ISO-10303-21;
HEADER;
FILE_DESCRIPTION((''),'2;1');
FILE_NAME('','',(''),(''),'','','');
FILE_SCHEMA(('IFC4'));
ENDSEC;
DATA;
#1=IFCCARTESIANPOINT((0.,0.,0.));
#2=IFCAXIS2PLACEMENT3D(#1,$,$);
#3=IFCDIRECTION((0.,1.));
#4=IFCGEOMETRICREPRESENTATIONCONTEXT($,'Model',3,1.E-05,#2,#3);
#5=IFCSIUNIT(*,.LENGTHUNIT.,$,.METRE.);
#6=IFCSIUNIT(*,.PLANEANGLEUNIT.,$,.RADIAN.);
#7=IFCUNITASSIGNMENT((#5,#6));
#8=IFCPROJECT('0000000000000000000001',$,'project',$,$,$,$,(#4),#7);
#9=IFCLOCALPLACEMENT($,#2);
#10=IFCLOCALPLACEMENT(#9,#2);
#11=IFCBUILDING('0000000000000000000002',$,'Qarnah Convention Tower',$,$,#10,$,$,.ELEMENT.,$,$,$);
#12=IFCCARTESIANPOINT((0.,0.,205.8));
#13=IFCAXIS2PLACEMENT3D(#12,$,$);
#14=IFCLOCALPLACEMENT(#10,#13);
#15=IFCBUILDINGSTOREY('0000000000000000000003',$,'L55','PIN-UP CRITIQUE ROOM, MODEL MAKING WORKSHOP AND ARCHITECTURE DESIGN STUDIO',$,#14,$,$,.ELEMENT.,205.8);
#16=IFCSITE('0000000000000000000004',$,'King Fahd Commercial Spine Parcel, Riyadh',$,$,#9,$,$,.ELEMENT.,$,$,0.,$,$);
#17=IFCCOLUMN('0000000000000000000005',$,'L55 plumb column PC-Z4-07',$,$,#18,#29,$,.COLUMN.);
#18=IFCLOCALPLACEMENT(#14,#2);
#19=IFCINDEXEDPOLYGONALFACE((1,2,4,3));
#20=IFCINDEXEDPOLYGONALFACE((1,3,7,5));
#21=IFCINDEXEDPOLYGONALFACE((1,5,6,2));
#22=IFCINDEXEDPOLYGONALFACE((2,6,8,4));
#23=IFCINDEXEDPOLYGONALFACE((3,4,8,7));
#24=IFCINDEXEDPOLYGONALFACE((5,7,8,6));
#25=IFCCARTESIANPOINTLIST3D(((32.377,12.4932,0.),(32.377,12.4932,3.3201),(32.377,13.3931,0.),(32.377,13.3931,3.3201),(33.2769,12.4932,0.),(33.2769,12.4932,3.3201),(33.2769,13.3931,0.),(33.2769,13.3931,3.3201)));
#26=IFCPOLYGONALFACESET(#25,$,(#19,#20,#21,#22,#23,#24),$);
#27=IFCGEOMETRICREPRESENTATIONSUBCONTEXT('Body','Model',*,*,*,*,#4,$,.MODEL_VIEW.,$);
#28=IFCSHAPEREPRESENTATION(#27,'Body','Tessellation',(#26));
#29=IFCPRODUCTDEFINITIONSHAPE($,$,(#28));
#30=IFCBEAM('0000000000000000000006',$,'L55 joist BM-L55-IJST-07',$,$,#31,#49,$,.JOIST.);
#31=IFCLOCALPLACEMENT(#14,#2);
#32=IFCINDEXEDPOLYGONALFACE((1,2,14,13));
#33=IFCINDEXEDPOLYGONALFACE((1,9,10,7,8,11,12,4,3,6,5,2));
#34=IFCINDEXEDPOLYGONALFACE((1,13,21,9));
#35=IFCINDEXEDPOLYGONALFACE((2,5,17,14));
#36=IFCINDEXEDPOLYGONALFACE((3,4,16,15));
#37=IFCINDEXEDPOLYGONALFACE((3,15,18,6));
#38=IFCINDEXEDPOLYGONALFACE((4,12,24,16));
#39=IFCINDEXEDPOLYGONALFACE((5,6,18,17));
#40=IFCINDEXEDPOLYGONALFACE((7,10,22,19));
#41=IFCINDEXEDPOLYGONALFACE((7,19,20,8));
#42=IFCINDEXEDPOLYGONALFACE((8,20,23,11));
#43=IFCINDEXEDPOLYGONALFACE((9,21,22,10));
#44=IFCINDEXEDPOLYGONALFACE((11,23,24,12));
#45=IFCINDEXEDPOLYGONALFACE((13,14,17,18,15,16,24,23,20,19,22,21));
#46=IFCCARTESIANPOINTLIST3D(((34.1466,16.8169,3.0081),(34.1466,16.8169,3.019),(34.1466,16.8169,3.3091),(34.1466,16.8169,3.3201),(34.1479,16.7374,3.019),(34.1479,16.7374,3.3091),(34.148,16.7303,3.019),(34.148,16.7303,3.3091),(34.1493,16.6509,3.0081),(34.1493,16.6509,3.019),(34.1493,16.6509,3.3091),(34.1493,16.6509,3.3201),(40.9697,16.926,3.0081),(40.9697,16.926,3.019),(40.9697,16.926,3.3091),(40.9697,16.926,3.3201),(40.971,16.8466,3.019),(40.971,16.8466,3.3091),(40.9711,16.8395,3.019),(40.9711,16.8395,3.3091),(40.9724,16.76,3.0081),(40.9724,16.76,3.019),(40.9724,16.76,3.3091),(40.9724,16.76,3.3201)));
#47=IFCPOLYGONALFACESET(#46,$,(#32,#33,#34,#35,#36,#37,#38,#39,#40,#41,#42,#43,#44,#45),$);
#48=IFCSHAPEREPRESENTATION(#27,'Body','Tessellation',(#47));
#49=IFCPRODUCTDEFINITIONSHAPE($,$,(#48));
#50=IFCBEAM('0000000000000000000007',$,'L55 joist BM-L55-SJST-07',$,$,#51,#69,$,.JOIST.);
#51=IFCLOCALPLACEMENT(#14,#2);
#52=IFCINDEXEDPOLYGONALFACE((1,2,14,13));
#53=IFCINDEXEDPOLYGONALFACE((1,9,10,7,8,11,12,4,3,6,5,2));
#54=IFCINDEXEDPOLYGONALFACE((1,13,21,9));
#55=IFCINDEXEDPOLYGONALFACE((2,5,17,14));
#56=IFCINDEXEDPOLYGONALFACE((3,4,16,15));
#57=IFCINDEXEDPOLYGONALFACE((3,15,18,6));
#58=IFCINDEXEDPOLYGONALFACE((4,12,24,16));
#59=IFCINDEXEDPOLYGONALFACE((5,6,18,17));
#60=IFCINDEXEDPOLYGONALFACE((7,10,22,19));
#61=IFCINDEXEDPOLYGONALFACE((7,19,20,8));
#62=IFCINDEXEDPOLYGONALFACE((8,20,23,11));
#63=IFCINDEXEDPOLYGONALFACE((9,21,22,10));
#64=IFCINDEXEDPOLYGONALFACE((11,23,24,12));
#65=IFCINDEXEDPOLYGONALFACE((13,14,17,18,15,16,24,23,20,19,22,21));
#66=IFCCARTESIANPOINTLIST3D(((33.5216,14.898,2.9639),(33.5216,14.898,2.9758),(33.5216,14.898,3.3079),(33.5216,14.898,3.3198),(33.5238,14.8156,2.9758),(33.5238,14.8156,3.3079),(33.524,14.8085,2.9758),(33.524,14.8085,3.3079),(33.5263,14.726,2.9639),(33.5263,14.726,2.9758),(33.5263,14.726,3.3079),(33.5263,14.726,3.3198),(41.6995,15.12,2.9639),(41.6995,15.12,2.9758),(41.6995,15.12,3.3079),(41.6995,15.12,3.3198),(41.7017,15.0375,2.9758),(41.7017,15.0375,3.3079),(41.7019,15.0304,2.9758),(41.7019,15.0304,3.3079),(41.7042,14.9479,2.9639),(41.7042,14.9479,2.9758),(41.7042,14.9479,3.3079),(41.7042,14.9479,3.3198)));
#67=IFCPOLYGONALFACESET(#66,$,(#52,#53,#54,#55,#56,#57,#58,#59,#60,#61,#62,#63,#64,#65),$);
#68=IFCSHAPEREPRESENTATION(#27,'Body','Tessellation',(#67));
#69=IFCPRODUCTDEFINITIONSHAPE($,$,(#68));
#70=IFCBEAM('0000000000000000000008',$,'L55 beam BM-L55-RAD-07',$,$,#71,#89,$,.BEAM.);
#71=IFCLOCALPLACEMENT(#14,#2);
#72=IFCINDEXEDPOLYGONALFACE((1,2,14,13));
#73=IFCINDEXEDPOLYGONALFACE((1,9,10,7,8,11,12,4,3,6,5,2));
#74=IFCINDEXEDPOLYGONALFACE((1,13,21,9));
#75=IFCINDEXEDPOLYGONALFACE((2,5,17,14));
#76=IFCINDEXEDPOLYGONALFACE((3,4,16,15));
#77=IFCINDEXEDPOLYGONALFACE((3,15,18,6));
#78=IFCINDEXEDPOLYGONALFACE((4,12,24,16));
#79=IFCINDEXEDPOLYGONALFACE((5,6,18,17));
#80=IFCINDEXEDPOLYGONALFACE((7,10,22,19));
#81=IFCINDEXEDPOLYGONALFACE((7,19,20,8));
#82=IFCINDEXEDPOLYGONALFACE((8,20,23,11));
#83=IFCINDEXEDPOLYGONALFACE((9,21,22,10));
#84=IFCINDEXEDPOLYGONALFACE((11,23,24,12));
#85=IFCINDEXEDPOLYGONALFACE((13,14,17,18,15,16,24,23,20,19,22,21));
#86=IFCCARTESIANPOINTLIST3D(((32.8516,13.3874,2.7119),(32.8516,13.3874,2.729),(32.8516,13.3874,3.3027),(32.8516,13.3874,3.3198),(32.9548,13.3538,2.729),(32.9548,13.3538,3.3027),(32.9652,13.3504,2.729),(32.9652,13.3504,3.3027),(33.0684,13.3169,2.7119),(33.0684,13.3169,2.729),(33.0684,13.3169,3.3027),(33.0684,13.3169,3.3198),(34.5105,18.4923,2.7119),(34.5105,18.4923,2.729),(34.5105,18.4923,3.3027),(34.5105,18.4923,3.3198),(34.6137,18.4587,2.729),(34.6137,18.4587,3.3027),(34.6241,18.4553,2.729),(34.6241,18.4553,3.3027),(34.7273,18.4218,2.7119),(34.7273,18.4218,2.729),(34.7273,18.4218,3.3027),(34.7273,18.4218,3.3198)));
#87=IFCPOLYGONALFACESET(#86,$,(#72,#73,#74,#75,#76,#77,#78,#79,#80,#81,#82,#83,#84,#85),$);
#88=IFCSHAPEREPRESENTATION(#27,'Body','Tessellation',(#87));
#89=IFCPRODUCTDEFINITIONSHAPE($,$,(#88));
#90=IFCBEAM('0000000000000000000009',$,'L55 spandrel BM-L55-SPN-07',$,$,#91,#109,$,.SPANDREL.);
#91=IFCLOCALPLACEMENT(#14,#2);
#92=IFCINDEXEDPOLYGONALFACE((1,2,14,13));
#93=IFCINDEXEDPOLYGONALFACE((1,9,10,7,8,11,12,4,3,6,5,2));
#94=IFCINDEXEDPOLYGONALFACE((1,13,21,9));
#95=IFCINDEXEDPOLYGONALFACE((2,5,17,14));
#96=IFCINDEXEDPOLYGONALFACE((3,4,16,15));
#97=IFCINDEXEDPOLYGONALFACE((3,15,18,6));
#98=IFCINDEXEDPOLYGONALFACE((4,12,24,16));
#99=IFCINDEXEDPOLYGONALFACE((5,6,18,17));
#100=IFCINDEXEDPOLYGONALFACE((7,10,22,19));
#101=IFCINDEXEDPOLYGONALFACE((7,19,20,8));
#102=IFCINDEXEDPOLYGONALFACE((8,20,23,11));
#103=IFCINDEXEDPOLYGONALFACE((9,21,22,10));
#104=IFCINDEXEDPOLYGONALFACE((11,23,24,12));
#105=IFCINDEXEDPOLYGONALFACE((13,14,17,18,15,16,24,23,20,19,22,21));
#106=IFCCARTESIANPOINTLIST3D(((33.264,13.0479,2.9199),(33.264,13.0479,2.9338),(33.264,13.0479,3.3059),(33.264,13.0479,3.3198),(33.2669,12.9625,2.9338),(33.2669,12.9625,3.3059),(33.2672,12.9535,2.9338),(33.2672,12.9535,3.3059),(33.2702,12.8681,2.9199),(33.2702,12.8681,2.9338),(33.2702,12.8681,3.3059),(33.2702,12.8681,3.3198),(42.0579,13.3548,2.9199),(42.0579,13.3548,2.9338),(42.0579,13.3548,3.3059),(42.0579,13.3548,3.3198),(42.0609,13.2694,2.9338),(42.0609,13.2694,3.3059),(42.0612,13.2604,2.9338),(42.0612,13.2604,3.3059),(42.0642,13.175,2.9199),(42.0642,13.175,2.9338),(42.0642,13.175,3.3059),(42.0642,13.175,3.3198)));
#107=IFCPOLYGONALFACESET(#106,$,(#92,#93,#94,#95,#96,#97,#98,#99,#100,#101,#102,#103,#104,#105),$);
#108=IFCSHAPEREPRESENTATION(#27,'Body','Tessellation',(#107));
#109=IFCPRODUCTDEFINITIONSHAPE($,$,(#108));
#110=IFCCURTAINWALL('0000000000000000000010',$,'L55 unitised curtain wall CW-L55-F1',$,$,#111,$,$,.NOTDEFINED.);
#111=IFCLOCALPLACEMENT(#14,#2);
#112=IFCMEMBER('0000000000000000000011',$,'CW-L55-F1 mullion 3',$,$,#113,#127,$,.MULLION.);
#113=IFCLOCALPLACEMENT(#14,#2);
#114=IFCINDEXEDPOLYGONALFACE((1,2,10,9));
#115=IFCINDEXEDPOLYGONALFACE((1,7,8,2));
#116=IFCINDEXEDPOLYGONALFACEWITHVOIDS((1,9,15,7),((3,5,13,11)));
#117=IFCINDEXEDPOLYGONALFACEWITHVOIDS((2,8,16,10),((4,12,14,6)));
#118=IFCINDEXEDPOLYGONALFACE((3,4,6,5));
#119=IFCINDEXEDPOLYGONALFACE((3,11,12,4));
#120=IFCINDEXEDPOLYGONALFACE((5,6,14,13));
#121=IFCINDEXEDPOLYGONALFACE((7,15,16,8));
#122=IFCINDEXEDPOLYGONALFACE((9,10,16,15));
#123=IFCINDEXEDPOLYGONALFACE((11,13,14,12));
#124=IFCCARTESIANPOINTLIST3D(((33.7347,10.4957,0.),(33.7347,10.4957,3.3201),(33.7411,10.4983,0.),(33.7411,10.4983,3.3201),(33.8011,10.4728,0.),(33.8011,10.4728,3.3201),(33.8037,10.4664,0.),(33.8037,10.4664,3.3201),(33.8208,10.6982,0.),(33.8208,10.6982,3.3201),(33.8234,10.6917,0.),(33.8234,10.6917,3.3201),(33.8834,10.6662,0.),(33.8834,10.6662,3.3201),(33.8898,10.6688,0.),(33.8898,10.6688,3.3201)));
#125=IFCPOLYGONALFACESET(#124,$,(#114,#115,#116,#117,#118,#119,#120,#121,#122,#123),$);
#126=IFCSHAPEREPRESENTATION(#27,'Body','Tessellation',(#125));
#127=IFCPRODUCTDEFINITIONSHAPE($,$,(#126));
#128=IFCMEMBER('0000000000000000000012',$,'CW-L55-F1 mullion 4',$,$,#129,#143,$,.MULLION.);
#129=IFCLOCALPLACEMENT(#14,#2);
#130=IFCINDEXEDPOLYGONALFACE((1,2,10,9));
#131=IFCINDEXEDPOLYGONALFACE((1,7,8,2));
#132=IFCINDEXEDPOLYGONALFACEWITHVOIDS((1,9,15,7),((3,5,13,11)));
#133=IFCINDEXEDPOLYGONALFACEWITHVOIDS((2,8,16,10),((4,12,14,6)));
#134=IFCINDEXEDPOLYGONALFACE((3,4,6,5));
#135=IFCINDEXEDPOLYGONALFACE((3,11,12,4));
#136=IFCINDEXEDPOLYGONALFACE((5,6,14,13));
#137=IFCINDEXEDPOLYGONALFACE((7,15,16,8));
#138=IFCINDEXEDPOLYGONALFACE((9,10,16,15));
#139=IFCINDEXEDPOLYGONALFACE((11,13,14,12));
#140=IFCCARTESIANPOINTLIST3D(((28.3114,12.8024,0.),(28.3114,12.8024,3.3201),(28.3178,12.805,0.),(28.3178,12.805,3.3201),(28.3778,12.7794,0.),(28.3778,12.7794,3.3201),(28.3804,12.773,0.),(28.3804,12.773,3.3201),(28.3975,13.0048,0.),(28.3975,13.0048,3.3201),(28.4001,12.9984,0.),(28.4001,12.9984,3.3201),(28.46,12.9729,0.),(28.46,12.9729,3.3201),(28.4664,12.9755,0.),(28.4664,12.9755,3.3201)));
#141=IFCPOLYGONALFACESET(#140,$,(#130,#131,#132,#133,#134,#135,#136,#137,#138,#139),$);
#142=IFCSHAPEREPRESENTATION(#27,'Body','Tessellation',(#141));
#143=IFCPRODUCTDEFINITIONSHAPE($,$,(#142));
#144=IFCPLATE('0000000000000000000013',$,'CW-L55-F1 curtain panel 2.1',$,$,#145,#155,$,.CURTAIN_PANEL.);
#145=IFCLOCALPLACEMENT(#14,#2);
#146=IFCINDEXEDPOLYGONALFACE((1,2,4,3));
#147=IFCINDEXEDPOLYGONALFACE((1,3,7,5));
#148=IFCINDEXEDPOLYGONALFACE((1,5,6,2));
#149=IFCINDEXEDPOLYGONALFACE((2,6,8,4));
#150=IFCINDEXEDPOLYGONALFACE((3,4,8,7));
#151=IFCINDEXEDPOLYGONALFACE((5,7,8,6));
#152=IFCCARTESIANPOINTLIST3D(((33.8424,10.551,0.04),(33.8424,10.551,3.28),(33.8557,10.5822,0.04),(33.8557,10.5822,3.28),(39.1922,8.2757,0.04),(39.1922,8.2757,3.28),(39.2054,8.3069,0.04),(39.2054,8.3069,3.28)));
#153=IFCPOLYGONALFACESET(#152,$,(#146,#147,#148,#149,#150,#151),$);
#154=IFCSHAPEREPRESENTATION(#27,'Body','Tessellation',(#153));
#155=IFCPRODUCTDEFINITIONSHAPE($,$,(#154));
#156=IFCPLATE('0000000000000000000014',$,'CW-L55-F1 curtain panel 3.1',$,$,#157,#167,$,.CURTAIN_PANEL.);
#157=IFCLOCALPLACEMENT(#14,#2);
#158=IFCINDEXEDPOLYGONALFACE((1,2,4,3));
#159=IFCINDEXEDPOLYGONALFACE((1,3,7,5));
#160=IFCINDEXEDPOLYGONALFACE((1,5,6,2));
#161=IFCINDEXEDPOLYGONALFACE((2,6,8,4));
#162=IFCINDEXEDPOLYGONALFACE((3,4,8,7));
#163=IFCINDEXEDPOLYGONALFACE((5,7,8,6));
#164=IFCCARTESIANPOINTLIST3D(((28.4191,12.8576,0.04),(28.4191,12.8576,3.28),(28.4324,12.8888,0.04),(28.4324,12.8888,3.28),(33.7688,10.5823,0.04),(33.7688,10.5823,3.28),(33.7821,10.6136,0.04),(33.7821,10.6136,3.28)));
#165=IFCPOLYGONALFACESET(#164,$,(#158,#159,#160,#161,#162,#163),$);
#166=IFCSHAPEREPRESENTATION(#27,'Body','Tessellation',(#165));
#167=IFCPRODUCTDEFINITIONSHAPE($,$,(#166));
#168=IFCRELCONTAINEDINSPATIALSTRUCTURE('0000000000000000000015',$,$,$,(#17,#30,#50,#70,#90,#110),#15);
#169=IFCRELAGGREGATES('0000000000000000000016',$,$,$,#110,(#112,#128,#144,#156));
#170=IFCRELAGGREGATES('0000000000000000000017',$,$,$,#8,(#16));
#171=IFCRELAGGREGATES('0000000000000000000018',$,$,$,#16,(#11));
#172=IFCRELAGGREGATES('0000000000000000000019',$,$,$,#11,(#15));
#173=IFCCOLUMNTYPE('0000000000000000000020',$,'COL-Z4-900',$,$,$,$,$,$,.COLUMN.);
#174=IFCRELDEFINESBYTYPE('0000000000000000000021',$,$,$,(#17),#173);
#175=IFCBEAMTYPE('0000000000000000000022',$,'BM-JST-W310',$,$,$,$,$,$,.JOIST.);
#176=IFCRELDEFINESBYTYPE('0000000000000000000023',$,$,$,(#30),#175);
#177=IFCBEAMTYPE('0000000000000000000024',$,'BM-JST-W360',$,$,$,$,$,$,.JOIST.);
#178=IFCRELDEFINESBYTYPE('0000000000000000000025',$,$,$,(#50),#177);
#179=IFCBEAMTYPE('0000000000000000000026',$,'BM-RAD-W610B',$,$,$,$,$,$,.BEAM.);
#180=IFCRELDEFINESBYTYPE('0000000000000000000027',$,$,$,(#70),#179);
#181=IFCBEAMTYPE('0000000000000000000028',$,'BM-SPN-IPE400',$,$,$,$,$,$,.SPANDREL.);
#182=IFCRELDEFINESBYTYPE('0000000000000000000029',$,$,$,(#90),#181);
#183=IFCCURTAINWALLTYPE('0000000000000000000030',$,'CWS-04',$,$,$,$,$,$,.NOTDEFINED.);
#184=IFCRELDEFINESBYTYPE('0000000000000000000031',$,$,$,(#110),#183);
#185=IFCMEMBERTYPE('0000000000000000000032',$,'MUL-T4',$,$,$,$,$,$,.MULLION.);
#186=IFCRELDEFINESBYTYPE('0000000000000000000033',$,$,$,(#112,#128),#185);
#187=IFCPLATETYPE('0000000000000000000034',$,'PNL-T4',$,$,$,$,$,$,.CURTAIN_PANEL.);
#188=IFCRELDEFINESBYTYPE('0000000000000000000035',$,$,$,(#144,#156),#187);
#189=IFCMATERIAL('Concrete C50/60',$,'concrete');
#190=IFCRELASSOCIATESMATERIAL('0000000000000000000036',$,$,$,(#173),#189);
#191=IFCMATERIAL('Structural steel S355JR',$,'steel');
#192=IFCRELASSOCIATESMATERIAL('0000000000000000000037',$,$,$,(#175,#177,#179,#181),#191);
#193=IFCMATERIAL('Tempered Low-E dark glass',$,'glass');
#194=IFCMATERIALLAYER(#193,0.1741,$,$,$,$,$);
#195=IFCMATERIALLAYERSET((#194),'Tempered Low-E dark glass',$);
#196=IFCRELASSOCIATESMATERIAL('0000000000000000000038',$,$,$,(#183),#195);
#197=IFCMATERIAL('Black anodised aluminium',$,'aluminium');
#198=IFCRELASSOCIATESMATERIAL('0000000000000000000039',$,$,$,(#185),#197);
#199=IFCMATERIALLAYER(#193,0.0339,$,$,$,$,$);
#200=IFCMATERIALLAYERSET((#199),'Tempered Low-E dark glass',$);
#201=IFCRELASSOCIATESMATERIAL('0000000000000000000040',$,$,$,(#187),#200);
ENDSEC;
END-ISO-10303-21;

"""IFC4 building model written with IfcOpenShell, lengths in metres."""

from ifc_helpers import new_model, si_unit, direction, frame, origin, origin_2d, place, context, subcontext, project, spatial, rectangle, hollow_rectangle, i_section, extrude, material, layer, layer_set, material_profile, profile_set, type_object, element, aggregate, save


model = new_model("IFC4")

# Units and contexts
model_context = context("Model", 3, precision=1e-05, world=origin(), true_north=direction((0.0, 1.0)))
body_context = subcontext(model_context, "Body", "Model", "MODEL_VIEW")
ifc_project = project(units=[si_unit("LENGTHUNIT", "METRE"), si_unit("PLANEANGLEUNIT", "RADIAN")], contexts=[model_context])

# Site, building, storey
site_placement = place(None, origin())
site = spatial("IfcSite", under=ifc_project, at=site_placement, Name="King Fahd Commercial Spine Parcel, Riyadh", CompositionType="ELEMENT", RefElevation=0.0)
building_placement = place(site_placement, origin())
building = spatial("IfcBuilding", under=site, at=building_placement, Name="Qarnah Convention Tower", CompositionType="ELEMENT")
storey_placement = place(building_placement, frame((0.0, 0.0, 205.8)))
storey = spatial("IfcBuildingStorey", under=building, at=storey_placement, Name="L55", Description="PIN-UP CRITIQUE ROOM, MODEL MAKING WORKSHOP AND ARCHITECTURE DESIGN STUDIO", CompositionType="ELEMENT", Elevation=205.8)

# Column
ifc_material_1 = material(Name="Concrete C50/60", Category="concrete")
ifc_material_profile_1 = material_profile(ifc_material_1, rectangle(XDim=0.8999, YDim=0.8999, at=origin_2d()), Name="RC-COL-900X900")
ifc_profile_set_1 = profile_set([ifc_material_profile_1], Name="Concrete C50/60")
column_type = type_object("IfcColumnType", Name="COL-Z4-900", PredefinedType="COLUMN", material=ifc_profile_set_1)
column_placement = place(storey_placement, frame((32.8269, 12.9431, 0.0), z_axis=(0.0, 0.0, 1.0), x_axis=(1.0, 0.0, 0.0)))
element("IfcColumn", 1, at=column_placement, inside=storey, type_object=column_type, Name="L55 plumb column PC-Z4-07", PredefinedType="COLUMN", context=body_context, shape_type="SweptSolid", body=[
    extrude(rectangle(XDim=0.8999, YDim=0.8999, at=origin_2d()), origin(), (0.0, 0.0, 1.0), 3.3201),
])

# Beams
ifc_material_2 = material(Name="Structural steel S355JR", Category="steel")
ifc_material_profile_2 = material_profile(ifc_material_2, i_section(OverallWidth=0.166, OverallDepth=0.312, WebThickness=0.0071, FlangeThickness=0.011, at=origin_2d()), Name="W310X45")
ifc_profile_set_2 = profile_set([ifc_material_profile_2], Name="Structural steel S355JR")
beam_type_1 = type_object("IfcBeamType", Name="BM-JST-W310", PredefinedType="JOIST", material=ifc_profile_set_2)
beam_1_placement = place(storey_placement, frame((34.1479, 16.7339, 3.1641), z_axis=(0.999872, 0.015993, 0.0), x_axis=(-0.015993, 0.999872, 0.0)))
element("IfcBeam", 2, at=beam_1_placement, inside=storey, type_object=beam_type_1, Name="L55 joist BM-L55-IJST-07", PredefinedType="JOIST", context=body_context, shape_type="SweptSolid", body=[
    extrude(i_section(OverallWidth=0.166, OverallDepth=0.312, WebThickness=0.0071, FlangeThickness=0.011, at=origin_2d()), origin(), (0.0, 0.0, 1.0), 6.824),
])
ifc_material_profile_3 = material_profile(ifc_material_2, i_section(OverallWidth=0.1721, OverallDepth=0.356, WebThickness=0.0071, FlangeThickness=0.012, at=origin_2d()), Name="W360X51")
ifc_profile_set_3 = profile_set([ifc_material_profile_3], Name="Structural steel S355JR")
beam_type_2 = type_object("IfcBeamType", Name="BM-JST-W360", PredefinedType="JOIST", material=ifc_profile_set_3)
beam_2_placement = place(storey_placement, frame((33.5239, 14.812, 3.1418), z_axis=(0.999632, 0.027127, 0.0), x_axis=(-0.027127, 0.999632, 0.0)))
element("IfcBeam", 3, at=beam_2_placement, inside=storey, type_object=beam_type_2, Name="L55 joist BM-L55-SJST-07", PredefinedType="JOIST", context=body_context, shape_type="SweptSolid", body=[
    extrude(i_section(OverallWidth=0.1721, OverallDepth=0.356, WebThickness=0.0071, FlangeThickness=0.012, at=origin_2d()), origin(), (0.0, 0.0, 1.0), 8.1809),
])
ifc_material_profile_4 = material_profile(ifc_material_2, i_section(OverallWidth=0.228, OverallDepth=0.6079, WebThickness=0.011, FlangeThickness=0.0171, at=origin_2d()), Name="W610X113")
ifc_profile_set_4 = profile_set([ifc_material_profile_4], Name="Structural steel S355JR")
beam_type_3 = type_object("IfcBeamType", Name="BM-RAD-W610B", PredefinedType="BEAM", material=ifc_profile_set_4)
beam_3_placement = place(storey_placement, frame((34.6189, 18.457, 3.0159), z_axis=(-0.309055, -0.951044, 0.0), x_axis=(0.951044, -0.309055, 0.0)))
element("IfcBeam", 4, at=beam_3_placement, inside=storey, type_object=beam_type_3, Name="L55 beam BM-L55-RAD-07", PredefinedType="BEAM", context=body_context, shape_type="SweptSolid", body=[
    extrude(i_section(OverallWidth=0.228, OverallDepth=0.6079, WebThickness=0.011, FlangeThickness=0.0171, at=origin_2d()), origin(), (0.0, 0.0, 1.0), 5.3677),
])
ifc_material_profile_5 = material_profile(ifc_material_2, i_section(OverallWidth=0.1799, OverallDepth=0.3999, WebThickness=0.009, FlangeThickness=0.0139, at=origin_2d()), Name="IPE400")
ifc_profile_set_5 = profile_set([ifc_material_profile_5], Name="Structural steel S355JR")
beam_type_4 = type_object("IfcBeamType", Name="BM-SPN-IPE400", PredefinedType="SPANDREL", material=ifc_profile_set_5)
beam_4_placement = place(storey_placement, frame((33.2671, 12.958, 3.1199), z_axis=(0.999392, 0.034876, 0.0), x_axis=(-0.034876, 0.999392, 0.0)))
element("IfcBeam", 5, at=beam_4_placement, inside=storey, type_object=beam_type_4, Name="L55 spandrel BM-L55-SPN-07", PredefinedType="SPANDREL", context=body_context, shape_type="SweptSolid", body=[
    extrude(i_section(OverallWidth=0.1799, OverallDepth=0.3999, WebThickness=0.009, FlangeThickness=0.0139, at=origin_2d()), origin(), (0.0, 0.0, 1.0), 8.7993),
])

# Curtain wall, members, plates
ifc_material_3 = material(Name="Tempered Low-E dark glass", Category="glass")
ifc_layer_1 = layer(ifc_material_3, 0.1741)
ifc_layer_set_1 = layer_set([ifc_layer_1], Name="Tempered Low-E dark glass")
curtain_wall_type = type_object("IfcCurtainWallType", Name="CWS-04", PredefinedType="NOTDEFINED", material=ifc_layer_set_1)
curtain_wall_placement = place(storey_placement, origin())
curtain_wall = element("IfcCurtainWall", 6, at=curtain_wall_placement, inside=storey, type_object=curtain_wall_type, Name="L55 unitised curtain wall CW-L55-F1", PredefinedType="NOTDEFINED")
ifc_material_4 = material(Name="Black anodised aluminium", Category="aluminium")
ifc_material_profile_6 = material_profile(ifc_material_4, hollow_rectangle(XDim=0.075, YDim=0.22, WallThickness=0.0049, at=origin_2d()), Name="MUL-75X220")
ifc_profile_set_6 = profile_set([ifc_material_profile_6], Name="Black anodised aluminium")
member_type = type_object("IfcMemberType", Name="MUL-T4", PredefinedType="MULLION", material=ifc_profile_set_6)
member_1_placement = place(storey_placement, frame((33.8123, 10.5823, 0.0), z_axis=(0.0, 0.0, 1.0), x_axis=(-0.92023, 0.391378, 0.0)))
member_1 = element("IfcMember", 7, at=member_1_placement, type_object=member_type, Name="CW-L55-F1 mullion 3", PredefinedType="MULLION", context=body_context, shape_type="SweptSolid", body=[
    extrude(hollow_rectangle(XDim=0.075, YDim=0.22, WallThickness=0.0049, at=origin_2d()), origin(), (0.0, 0.0, 1.0), 3.3201),
])
member_2_placement = place(storey_placement, frame((28.3889, 12.8889, 0.0), z_axis=(0.0, 0.0, 1.0), x_axis=(-0.92023, 0.391378, 0.0)))
member_2 = element("IfcMember", 8, at=member_2_placement, type_object=member_type, Name="CW-L55-F1 mullion 4", PredefinedType="MULLION", context=body_context, shape_type="SweptSolid", body=[
    extrude(hollow_rectangle(XDim=0.075, YDim=0.22, WallThickness=0.0049, at=origin_2d()), origin(), (0.0, 0.0, 1.0), 3.3201),
])
ifc_layer_2 = layer(ifc_material_3, 0.0339)
ifc_layer_set_2 = layer_set([ifc_layer_2], Name="Tempered Low-E dark glass")
plate_type = type_object("IfcPlateType", Name="PNL-T4", PredefinedType="CURTAIN_PANEL", material=ifc_layer_set_2)
plate_1_placement = place(storey_placement, frame((36.5239, 9.429, 0.04), z_axis=(0.0, 0.0, 1.0), x_axis=(-0.92023, 0.391378, 0.0)))
plate_1 = element("IfcPlate", 9, at=plate_1_placement, type_object=plate_type, Name="CW-L55-F1 curtain panel 2.1", PredefinedType="CURTAIN_PANEL", context=body_context, shape_type="SweptSolid", body=[
    extrude(rectangle(XDim=5.8135, YDim=0.0339, at=origin_2d()), origin(), (0.0, 0.0, 1.0), 3.24),
])
plate_2_placement = place(storey_placement, frame((31.1006, 11.7356, 0.04), z_axis=(0.0, 0.0, 1.0), x_axis=(-0.92023, 0.391378, 0.0)))
plate_2 = element("IfcPlate", 10, at=plate_2_placement, type_object=plate_type, Name="CW-L55-F1 curtain panel 3.1", PredefinedType="CURTAIN_PANEL", context=body_context, shape_type="SweptSolid", body=[
    extrude(rectangle(XDim=5.8135, YDim=0.0339, at=origin_2d()), origin(), (0.0, 0.0, 1.0), 3.24),
])
aggregate(curtain_wall, [member_1, member_2, plate_1, plate_2])

save(model, "model.ifc")
